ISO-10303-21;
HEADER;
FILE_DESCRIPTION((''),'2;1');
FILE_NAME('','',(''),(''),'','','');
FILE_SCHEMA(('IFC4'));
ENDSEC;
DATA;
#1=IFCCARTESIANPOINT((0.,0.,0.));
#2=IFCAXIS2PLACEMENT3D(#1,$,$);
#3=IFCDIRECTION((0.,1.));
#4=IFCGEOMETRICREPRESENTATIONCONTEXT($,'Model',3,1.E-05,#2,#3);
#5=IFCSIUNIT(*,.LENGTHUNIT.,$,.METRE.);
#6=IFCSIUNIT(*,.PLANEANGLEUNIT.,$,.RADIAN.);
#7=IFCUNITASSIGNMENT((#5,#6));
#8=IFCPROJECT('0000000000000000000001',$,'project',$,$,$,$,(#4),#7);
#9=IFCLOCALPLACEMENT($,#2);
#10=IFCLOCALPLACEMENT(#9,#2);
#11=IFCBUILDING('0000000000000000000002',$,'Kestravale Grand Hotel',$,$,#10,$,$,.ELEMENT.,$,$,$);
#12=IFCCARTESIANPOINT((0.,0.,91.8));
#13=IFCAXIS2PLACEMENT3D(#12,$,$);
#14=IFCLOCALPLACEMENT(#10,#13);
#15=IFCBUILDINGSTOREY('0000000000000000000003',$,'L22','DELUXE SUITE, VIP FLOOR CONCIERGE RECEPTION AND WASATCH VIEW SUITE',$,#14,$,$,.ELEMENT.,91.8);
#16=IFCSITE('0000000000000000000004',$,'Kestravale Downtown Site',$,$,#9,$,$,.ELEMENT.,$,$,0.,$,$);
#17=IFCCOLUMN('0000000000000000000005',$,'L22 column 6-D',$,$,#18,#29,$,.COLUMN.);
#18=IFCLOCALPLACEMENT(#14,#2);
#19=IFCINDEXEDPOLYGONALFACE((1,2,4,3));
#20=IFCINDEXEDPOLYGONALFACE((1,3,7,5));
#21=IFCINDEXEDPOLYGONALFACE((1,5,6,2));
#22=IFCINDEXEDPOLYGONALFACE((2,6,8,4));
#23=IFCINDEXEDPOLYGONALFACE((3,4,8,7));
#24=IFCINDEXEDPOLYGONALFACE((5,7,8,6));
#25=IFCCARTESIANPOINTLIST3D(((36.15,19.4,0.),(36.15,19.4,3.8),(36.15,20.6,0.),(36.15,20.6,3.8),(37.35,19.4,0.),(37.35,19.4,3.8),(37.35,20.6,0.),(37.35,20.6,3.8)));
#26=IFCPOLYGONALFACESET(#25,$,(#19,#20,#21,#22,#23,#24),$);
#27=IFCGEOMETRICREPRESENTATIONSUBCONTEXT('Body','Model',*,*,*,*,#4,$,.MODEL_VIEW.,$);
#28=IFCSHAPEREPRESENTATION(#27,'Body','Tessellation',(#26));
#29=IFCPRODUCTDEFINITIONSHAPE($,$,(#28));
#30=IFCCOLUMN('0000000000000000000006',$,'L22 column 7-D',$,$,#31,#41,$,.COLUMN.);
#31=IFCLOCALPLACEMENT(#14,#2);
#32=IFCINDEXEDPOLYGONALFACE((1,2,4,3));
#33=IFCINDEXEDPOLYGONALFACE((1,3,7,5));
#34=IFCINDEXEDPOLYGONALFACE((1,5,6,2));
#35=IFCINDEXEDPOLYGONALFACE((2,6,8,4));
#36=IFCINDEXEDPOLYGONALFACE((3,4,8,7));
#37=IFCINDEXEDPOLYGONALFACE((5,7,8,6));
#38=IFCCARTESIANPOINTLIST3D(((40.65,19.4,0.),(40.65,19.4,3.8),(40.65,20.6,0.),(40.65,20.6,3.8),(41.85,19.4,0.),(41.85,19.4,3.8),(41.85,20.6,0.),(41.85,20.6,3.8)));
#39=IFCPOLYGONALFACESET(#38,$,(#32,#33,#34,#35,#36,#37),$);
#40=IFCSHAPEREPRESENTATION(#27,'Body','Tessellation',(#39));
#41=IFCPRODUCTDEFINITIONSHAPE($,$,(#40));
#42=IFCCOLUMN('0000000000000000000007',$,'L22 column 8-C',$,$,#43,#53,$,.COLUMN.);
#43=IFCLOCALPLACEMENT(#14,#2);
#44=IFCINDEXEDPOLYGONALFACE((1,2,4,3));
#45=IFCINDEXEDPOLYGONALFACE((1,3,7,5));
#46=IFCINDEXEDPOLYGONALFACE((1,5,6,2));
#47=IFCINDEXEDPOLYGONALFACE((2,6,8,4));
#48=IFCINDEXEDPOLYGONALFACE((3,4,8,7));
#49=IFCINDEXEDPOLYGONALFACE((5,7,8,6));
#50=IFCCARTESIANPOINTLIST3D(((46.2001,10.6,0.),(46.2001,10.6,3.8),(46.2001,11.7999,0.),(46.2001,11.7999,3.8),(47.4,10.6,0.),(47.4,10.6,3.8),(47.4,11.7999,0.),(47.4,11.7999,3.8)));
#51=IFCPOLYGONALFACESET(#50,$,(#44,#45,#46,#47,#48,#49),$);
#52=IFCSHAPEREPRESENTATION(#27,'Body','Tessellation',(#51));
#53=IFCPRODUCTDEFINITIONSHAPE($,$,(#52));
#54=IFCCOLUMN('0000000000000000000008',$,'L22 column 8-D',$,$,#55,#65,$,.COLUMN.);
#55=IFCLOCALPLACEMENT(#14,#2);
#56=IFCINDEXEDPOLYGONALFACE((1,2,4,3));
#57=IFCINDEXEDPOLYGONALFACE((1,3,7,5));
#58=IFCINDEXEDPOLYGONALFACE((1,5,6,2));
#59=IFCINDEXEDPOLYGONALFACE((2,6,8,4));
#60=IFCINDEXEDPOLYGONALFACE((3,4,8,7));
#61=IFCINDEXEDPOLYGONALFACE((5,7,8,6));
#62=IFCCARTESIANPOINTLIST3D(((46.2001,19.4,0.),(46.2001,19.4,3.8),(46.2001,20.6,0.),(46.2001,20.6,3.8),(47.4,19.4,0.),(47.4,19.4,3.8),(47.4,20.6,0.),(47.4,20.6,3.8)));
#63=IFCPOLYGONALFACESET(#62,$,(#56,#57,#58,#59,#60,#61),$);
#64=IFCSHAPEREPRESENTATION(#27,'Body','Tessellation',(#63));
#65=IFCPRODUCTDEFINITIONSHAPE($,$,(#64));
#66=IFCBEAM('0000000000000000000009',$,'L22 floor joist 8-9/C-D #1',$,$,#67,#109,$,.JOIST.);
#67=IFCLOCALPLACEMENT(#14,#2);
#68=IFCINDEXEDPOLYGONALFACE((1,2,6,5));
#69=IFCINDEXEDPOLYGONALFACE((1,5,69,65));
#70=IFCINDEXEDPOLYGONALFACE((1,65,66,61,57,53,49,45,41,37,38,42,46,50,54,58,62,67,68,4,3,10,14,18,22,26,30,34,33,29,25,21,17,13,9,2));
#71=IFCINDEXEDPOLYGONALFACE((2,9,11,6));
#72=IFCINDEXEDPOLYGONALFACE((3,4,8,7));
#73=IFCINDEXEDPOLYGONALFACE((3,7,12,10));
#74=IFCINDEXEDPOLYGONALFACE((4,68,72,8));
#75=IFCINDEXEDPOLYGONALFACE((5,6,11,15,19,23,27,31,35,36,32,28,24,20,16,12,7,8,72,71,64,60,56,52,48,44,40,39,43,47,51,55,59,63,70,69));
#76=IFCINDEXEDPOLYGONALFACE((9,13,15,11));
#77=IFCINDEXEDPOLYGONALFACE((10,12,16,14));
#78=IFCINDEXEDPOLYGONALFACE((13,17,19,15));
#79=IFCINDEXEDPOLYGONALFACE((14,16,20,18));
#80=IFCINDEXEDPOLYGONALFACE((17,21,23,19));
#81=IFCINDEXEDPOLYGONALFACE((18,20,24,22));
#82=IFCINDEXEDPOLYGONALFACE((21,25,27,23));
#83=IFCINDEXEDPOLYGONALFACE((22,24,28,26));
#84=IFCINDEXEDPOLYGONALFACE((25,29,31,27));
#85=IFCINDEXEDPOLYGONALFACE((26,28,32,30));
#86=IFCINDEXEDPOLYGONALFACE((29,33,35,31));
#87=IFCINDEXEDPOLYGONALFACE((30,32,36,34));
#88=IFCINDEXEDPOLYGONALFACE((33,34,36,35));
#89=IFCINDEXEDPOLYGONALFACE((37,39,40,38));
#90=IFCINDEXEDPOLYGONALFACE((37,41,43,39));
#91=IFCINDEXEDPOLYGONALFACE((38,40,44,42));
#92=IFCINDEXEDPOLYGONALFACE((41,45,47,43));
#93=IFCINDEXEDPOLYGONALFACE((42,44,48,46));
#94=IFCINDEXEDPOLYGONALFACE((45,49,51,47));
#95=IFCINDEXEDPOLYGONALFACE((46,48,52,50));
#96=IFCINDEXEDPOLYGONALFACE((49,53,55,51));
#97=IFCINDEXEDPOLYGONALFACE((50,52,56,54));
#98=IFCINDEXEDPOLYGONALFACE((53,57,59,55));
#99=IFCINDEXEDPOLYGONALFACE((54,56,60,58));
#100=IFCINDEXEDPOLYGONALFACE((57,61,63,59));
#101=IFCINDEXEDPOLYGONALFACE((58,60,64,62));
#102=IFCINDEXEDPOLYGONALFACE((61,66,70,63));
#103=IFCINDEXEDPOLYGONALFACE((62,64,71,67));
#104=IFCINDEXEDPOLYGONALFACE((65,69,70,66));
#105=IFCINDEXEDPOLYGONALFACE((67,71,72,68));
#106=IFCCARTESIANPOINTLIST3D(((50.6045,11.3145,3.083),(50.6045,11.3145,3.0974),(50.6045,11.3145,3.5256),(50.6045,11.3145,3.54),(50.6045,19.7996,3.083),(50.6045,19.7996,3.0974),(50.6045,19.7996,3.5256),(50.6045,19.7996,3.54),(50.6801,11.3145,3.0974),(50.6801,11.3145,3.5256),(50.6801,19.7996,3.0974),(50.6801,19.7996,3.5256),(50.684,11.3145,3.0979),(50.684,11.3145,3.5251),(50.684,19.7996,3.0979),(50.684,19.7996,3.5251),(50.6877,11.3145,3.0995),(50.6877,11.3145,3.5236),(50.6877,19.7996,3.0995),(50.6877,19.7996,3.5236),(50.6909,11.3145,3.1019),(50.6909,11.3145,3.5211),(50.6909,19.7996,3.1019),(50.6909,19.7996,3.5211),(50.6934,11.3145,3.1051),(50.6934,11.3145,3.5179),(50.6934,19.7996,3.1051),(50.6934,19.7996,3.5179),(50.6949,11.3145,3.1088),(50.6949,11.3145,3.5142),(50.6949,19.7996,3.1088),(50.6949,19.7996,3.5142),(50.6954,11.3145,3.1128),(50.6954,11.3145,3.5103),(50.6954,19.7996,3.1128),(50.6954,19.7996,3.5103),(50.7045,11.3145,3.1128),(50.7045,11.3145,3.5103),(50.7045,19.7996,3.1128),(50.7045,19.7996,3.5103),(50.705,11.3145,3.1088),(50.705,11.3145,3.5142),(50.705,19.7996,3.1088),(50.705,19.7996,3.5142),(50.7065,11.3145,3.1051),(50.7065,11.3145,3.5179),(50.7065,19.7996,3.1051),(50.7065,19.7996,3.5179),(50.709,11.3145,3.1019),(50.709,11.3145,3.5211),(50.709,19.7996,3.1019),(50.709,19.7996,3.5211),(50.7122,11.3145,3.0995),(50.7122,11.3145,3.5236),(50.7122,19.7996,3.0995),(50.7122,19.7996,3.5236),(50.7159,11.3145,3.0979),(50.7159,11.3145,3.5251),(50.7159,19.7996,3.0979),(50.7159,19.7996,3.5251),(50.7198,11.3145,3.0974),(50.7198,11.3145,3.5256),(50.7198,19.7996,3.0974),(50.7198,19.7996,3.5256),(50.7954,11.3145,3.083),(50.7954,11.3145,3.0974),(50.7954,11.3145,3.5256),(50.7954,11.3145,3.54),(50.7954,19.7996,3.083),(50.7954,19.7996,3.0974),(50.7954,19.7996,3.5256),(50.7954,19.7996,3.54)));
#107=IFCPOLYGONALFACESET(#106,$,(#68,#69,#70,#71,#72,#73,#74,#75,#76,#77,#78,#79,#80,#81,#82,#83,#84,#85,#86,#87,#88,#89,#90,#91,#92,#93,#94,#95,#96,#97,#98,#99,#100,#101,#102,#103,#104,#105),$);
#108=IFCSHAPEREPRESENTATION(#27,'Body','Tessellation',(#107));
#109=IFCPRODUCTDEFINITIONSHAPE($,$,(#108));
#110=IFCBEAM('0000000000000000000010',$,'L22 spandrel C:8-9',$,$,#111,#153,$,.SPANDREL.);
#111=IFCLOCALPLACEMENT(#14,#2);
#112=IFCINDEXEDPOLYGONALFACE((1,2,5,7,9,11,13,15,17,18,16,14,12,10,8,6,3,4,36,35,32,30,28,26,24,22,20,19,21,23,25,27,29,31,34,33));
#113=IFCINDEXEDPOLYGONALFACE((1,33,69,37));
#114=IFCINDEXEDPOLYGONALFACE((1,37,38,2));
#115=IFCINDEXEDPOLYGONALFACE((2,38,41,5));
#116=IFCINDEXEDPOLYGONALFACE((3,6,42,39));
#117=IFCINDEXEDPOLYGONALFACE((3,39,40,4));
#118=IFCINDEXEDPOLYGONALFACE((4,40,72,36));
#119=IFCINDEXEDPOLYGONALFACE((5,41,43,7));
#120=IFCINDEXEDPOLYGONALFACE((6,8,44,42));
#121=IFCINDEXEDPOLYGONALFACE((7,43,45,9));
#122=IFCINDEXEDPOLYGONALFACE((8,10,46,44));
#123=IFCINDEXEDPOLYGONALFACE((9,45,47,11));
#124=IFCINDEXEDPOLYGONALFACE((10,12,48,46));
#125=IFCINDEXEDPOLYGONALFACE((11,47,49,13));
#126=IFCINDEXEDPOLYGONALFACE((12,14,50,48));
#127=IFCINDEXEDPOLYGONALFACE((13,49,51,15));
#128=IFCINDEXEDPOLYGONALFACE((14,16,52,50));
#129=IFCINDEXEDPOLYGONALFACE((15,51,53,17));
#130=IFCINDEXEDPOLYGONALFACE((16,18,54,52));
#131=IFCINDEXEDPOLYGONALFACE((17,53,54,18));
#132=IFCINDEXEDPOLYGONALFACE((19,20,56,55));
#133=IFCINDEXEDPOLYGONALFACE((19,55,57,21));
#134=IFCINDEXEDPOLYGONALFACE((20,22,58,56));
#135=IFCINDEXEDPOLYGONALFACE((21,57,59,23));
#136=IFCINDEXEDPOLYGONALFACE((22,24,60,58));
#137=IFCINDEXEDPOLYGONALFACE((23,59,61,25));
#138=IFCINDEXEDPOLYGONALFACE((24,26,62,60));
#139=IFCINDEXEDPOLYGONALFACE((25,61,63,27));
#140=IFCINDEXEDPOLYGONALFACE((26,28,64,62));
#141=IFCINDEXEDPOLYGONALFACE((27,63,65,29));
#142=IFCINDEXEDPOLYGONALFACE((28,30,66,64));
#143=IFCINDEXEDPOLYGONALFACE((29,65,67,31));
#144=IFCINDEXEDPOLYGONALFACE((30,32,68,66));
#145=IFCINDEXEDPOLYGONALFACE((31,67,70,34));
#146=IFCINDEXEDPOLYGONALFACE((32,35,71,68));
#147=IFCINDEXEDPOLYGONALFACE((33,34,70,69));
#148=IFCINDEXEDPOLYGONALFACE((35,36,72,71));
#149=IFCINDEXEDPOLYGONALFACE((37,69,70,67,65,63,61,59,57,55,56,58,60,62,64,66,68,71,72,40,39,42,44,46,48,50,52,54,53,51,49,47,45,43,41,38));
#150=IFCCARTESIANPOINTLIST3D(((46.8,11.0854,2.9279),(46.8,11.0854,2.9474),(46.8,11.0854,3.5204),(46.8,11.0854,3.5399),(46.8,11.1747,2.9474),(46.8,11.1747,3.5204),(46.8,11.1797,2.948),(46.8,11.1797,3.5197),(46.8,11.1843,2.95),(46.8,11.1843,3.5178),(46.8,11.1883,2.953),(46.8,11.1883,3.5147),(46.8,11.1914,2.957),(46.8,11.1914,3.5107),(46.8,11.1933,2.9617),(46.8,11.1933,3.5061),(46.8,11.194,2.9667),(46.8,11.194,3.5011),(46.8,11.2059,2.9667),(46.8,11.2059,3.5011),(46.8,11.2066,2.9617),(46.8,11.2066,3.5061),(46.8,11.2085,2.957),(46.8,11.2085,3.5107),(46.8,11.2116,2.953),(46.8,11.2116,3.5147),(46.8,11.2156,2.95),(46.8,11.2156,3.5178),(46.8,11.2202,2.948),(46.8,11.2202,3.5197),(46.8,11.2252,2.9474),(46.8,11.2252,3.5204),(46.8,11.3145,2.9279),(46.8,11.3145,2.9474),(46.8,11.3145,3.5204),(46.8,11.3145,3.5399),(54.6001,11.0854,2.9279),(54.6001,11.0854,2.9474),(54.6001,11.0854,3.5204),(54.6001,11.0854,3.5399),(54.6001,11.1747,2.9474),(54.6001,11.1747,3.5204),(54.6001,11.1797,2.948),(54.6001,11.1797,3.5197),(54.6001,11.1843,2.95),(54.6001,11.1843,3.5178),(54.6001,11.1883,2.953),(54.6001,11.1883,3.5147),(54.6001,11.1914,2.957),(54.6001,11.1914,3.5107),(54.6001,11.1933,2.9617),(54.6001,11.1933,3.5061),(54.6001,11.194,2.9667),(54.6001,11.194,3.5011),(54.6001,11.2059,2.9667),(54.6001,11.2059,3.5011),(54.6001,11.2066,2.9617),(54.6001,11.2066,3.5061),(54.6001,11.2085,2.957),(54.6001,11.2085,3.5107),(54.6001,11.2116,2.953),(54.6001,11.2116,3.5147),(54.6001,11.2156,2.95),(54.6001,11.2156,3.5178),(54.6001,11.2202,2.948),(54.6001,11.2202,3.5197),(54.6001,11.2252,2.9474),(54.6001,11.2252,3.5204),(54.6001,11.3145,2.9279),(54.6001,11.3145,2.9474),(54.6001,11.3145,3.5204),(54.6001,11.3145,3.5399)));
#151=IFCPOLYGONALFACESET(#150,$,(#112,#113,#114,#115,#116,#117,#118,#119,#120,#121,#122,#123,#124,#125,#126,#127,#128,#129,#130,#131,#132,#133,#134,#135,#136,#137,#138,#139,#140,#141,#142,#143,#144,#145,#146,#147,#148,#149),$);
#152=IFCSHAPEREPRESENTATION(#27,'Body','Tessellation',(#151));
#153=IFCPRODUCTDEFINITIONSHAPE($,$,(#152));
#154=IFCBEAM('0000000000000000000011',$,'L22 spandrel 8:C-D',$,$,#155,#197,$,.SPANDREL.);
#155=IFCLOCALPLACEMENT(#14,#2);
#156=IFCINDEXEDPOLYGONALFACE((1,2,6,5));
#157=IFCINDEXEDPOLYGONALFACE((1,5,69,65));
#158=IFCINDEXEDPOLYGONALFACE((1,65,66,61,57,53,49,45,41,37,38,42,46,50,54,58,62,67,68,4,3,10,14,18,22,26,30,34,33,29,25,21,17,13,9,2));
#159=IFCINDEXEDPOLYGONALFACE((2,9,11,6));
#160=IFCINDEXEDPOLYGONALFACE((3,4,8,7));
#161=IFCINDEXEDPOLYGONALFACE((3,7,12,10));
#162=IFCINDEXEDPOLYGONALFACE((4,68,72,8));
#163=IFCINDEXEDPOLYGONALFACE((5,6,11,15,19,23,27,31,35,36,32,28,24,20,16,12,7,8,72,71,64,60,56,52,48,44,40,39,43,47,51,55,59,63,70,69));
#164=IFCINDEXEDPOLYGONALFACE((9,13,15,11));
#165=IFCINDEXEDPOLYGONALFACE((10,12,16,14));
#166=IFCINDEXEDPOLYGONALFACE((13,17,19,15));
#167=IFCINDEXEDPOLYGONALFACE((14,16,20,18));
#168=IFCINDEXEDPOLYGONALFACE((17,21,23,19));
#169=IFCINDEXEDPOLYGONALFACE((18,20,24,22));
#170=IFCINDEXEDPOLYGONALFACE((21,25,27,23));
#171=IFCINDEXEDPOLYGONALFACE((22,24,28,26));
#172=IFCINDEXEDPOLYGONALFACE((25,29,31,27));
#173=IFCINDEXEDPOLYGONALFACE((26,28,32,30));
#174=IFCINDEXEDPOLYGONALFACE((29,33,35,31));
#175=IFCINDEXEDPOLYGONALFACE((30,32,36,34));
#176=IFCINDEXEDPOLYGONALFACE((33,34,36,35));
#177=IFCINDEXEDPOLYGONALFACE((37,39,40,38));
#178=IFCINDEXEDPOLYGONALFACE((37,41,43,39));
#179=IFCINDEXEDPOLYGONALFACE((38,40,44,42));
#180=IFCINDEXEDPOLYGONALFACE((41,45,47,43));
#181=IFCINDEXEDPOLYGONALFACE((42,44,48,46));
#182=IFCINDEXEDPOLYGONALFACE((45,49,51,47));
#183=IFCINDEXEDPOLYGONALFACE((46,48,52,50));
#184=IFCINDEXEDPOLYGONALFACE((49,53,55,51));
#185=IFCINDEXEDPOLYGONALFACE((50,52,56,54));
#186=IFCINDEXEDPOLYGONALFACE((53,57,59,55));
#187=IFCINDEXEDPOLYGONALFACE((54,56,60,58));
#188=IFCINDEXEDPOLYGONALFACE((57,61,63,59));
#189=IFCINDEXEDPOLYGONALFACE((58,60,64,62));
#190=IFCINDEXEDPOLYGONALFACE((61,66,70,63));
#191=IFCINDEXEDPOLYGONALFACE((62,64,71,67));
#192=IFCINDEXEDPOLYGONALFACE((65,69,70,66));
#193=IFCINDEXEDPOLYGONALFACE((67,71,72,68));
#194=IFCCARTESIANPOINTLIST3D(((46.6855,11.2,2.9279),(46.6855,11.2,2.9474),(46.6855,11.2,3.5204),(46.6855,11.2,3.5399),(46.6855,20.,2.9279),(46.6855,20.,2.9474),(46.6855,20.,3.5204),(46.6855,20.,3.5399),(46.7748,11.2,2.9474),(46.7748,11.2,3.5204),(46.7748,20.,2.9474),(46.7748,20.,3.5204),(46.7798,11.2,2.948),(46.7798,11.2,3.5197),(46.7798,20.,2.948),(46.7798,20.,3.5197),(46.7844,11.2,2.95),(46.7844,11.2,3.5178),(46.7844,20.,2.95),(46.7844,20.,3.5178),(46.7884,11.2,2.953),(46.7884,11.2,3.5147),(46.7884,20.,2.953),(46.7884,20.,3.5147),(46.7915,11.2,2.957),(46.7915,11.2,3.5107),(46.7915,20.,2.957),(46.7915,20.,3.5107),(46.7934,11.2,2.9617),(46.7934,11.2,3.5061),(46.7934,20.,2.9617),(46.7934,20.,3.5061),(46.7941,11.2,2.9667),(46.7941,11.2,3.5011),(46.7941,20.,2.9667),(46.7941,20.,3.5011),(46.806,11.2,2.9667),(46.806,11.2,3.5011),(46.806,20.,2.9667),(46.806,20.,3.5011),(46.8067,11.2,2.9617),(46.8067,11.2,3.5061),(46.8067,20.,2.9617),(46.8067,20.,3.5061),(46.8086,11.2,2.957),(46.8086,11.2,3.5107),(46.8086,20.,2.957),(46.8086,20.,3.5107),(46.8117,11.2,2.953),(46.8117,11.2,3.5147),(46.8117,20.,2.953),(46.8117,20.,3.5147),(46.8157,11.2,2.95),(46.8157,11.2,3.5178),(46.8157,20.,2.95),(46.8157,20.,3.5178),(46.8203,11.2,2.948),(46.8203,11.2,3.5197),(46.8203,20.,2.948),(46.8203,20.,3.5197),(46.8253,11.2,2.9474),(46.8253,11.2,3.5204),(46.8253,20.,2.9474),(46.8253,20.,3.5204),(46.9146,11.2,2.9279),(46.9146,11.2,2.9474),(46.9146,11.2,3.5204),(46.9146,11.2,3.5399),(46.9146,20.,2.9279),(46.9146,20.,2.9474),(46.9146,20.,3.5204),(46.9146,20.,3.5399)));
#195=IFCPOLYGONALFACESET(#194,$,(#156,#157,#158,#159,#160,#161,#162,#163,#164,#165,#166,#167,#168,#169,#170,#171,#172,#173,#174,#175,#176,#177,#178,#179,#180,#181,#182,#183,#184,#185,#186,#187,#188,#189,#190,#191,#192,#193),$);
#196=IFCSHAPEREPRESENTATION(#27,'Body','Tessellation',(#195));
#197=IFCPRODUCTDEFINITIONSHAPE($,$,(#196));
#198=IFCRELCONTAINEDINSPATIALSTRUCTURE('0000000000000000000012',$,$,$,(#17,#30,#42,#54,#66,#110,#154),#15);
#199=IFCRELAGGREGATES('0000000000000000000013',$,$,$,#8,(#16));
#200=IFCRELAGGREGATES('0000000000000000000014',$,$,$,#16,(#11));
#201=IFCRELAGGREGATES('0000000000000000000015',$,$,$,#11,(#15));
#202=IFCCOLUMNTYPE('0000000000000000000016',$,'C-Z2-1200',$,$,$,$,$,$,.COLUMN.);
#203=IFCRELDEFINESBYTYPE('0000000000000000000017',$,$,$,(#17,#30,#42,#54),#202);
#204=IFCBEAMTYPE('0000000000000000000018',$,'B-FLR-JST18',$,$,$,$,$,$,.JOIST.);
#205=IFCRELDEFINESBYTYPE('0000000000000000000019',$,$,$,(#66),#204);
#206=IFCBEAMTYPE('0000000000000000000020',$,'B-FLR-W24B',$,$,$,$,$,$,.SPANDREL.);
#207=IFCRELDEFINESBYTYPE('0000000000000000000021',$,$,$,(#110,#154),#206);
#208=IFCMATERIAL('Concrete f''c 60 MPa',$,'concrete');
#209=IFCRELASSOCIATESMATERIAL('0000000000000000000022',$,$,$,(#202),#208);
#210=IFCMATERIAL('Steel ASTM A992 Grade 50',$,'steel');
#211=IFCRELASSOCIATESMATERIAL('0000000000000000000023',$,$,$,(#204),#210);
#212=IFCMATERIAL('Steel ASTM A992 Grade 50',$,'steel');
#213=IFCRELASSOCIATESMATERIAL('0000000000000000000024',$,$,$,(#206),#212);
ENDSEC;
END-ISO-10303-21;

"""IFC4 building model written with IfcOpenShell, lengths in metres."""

from ifc_helpers import new_model, si_unit, direction, frame, origin, origin_2d, place, context, subcontext, project, spatial, rectangle, i_section, extrude, material, material_profile, profile_set, type_object, element, save


model = new_model("IFC4")

# Units and contexts
model_context = context("Model", 3, precision=1e-05, world=origin(), true_north=direction((0.0, 1.0)))
body_context = subcontext(model_context, "Body", "Model", "MODEL_VIEW")
ifc_project = project(units=[si_unit("LENGTHUNIT", "METRE"), si_unit("PLANEANGLEUNIT", "RADIAN")], contexts=[model_context])

# Site, building, storey
site_placement = place(None, origin())
site = spatial("IfcSite", under=ifc_project, at=site_placement, Name="Kestravale Downtown Site", CompositionType="ELEMENT", RefElevation=0.0)
building_placement = place(site_placement, origin())
building = spatial("IfcBuilding", under=site, at=building_placement, Name="Kestravale Grand Hotel", CompositionType="ELEMENT")
storey_placement = place(building_placement, frame((0.0, 0.0, 91.8)))
storey = spatial("IfcBuildingStorey", under=building, at=storey_placement, Name="L22", Description="DELUXE SUITE, VIP FLOOR CONCIERGE RECEPTION AND WASATCH VIEW SUITE", CompositionType="ELEMENT", Elevation=91.8)

# Columns
ifc_material_1 = material(Name="Concrete f'c 60 MPa", Category="concrete")
ifc_material_profile_1 = material_profile(ifc_material_1, rectangle(XDim=1.2, YDim=1.2, at=origin_2d()))
ifc_profile_set_1 = profile_set([ifc_material_profile_1], Name="Concrete f'c 60 MPa")
column_type = type_object("IfcColumnType", Name="C-Z2-1200", PredefinedType="COLUMN", material=ifc_profile_set_1)
for number, where, z_axis, x_axis, name in (
    (1, (36.75, 20.0, 0.0), (0.0, 0.0, 1.0), (1.0, 0.0, 0.0), "L22 column 6-D"),
    (2, (41.25, 20.0, 0.0), (0.0, 0.0, 1.0), (1.0, 0.0, 0.0), "L22 column 7-D"),
    (3, (46.8, 11.2, 0.0), (0.0, 0.0, 1.0), (1.0, 0.0, 0.0), "L22 column 8-C"),
    (4, (46.8, 20.0, 0.0), (0.0, 0.0, 1.0), (1.0, 0.0, 0.0), "L22 column 8-D"),
):
    element("IfcColumn", number, at=place(storey_placement, frame(where, z_axis=z_axis, x_axis=x_axis)), inside=storey, type_object=column_type, Name=name, PredefinedType="COLUMN", context=body_context, shape_type="SweptSolid", body=[
        extrude(rectangle(XDim=1.2, YDim=1.2, at=origin_2d()), origin(), (0.0, 0.0, 1.0), 3.8),
    ])

# Beams
ifc_material_2 = material(Name="Steel ASTM A992 Grade 50", Category="steel")
ifc_material_profile_2 = material_profile(ifc_material_2, i_section(OverallWidth=0.1909, OverallDepth=0.457, WebThickness=0.009, FlangeThickness=0.0144, FilletRadius=0.0154, at=origin_2d()))
ifc_profile_set_2 = profile_set([ifc_material_profile_2], Name="Steel ASTM A992 Grade 50")
beam_type_1 = type_object("IfcBeamType", Name="B-FLR-JST18", PredefinedType="JOIST", material=ifc_profile_set_2)
beam_1_placement = place(storey_placement, frame((50.7, 11.3145, 3.3115), z_axis=(0.0, 1.0, 0.0), x_axis=(-1.0, 0.0, 0.0)))
element("IfcBeam", 5, at=beam_1_placement, inside=storey, type_object=beam_type_1, Name="L22 floor joist 8-9/C-D #1", PredefinedType="JOIST", context=body_context, shape_type="SweptSolid", body=[
    extrude(i_section(OverallWidth=0.1909, OverallDepth=0.457, WebThickness=0.009, FlangeThickness=0.0144, FilletRadius=0.0154, at=origin_2d()), origin(), (0.0, 0.0, 1.0), 8.4851),
])
ifc_material_3 = material(Name="Steel ASTM A992 Grade 50", Category="steel")
ifc_material_profile_3 = material_profile(ifc_material_3, i_section(OverallWidth=0.229, OverallDepth=0.6121, WebThickness=0.012, FlangeThickness=0.0195, FilletRadius=0.0193, at=origin_2d()))
ifc_profile_set_3 = profile_set([ifc_material_profile_3], Name="Steel ASTM A992 Grade 50")
beam_type_2 = type_object("IfcBeamType", Name="B-FLR-W24B", PredefinedType="SPANDREL", material=ifc_profile_set_3)
beam_2_placement = place(storey_placement, frame((46.8, 11.2, 3.2339), z_axis=(1.0, 0.0, 0.0), x_axis=(0.0, 1.0, 0.0)))
element("IfcBeam", 6, at=beam_2_placement, inside=storey, type_object=beam_type_2, Name="L22 spandrel C:8-9", PredefinedType="SPANDREL", context=body_context, shape_type="SweptSolid", body=[
    extrude(i_section(OverallWidth=0.229, OverallDepth=0.6121, WebThickness=0.012, FlangeThickness=0.0195, FilletRadius=0.0193, at=origin_2d()), origin(), (0.0, 0.0, 1.0), 7.8),
])
beam_3_placement = place(storey_placement, frame((46.8, 11.2, 3.2339), z_axis=(0.0, 1.0, 0.0), x_axis=(-1.0, 0.0, 0.0)))
element("IfcBeam", 7, at=beam_3_placement, inside=storey, type_object=beam_type_2, Name="L22 spandrel 8:C-D", PredefinedType="SPANDREL", context=body_context, shape_type="SweptSolid", body=[
    extrude(i_section(OverallWidth=0.229, OverallDepth=0.6121, WebThickness=0.012, FlangeThickness=0.0195, FilletRadius=0.0193, at=origin_2d()), origin(), (0.0, 0.0, 1.0), 8.8),
])

save(model, "model.ifc")
